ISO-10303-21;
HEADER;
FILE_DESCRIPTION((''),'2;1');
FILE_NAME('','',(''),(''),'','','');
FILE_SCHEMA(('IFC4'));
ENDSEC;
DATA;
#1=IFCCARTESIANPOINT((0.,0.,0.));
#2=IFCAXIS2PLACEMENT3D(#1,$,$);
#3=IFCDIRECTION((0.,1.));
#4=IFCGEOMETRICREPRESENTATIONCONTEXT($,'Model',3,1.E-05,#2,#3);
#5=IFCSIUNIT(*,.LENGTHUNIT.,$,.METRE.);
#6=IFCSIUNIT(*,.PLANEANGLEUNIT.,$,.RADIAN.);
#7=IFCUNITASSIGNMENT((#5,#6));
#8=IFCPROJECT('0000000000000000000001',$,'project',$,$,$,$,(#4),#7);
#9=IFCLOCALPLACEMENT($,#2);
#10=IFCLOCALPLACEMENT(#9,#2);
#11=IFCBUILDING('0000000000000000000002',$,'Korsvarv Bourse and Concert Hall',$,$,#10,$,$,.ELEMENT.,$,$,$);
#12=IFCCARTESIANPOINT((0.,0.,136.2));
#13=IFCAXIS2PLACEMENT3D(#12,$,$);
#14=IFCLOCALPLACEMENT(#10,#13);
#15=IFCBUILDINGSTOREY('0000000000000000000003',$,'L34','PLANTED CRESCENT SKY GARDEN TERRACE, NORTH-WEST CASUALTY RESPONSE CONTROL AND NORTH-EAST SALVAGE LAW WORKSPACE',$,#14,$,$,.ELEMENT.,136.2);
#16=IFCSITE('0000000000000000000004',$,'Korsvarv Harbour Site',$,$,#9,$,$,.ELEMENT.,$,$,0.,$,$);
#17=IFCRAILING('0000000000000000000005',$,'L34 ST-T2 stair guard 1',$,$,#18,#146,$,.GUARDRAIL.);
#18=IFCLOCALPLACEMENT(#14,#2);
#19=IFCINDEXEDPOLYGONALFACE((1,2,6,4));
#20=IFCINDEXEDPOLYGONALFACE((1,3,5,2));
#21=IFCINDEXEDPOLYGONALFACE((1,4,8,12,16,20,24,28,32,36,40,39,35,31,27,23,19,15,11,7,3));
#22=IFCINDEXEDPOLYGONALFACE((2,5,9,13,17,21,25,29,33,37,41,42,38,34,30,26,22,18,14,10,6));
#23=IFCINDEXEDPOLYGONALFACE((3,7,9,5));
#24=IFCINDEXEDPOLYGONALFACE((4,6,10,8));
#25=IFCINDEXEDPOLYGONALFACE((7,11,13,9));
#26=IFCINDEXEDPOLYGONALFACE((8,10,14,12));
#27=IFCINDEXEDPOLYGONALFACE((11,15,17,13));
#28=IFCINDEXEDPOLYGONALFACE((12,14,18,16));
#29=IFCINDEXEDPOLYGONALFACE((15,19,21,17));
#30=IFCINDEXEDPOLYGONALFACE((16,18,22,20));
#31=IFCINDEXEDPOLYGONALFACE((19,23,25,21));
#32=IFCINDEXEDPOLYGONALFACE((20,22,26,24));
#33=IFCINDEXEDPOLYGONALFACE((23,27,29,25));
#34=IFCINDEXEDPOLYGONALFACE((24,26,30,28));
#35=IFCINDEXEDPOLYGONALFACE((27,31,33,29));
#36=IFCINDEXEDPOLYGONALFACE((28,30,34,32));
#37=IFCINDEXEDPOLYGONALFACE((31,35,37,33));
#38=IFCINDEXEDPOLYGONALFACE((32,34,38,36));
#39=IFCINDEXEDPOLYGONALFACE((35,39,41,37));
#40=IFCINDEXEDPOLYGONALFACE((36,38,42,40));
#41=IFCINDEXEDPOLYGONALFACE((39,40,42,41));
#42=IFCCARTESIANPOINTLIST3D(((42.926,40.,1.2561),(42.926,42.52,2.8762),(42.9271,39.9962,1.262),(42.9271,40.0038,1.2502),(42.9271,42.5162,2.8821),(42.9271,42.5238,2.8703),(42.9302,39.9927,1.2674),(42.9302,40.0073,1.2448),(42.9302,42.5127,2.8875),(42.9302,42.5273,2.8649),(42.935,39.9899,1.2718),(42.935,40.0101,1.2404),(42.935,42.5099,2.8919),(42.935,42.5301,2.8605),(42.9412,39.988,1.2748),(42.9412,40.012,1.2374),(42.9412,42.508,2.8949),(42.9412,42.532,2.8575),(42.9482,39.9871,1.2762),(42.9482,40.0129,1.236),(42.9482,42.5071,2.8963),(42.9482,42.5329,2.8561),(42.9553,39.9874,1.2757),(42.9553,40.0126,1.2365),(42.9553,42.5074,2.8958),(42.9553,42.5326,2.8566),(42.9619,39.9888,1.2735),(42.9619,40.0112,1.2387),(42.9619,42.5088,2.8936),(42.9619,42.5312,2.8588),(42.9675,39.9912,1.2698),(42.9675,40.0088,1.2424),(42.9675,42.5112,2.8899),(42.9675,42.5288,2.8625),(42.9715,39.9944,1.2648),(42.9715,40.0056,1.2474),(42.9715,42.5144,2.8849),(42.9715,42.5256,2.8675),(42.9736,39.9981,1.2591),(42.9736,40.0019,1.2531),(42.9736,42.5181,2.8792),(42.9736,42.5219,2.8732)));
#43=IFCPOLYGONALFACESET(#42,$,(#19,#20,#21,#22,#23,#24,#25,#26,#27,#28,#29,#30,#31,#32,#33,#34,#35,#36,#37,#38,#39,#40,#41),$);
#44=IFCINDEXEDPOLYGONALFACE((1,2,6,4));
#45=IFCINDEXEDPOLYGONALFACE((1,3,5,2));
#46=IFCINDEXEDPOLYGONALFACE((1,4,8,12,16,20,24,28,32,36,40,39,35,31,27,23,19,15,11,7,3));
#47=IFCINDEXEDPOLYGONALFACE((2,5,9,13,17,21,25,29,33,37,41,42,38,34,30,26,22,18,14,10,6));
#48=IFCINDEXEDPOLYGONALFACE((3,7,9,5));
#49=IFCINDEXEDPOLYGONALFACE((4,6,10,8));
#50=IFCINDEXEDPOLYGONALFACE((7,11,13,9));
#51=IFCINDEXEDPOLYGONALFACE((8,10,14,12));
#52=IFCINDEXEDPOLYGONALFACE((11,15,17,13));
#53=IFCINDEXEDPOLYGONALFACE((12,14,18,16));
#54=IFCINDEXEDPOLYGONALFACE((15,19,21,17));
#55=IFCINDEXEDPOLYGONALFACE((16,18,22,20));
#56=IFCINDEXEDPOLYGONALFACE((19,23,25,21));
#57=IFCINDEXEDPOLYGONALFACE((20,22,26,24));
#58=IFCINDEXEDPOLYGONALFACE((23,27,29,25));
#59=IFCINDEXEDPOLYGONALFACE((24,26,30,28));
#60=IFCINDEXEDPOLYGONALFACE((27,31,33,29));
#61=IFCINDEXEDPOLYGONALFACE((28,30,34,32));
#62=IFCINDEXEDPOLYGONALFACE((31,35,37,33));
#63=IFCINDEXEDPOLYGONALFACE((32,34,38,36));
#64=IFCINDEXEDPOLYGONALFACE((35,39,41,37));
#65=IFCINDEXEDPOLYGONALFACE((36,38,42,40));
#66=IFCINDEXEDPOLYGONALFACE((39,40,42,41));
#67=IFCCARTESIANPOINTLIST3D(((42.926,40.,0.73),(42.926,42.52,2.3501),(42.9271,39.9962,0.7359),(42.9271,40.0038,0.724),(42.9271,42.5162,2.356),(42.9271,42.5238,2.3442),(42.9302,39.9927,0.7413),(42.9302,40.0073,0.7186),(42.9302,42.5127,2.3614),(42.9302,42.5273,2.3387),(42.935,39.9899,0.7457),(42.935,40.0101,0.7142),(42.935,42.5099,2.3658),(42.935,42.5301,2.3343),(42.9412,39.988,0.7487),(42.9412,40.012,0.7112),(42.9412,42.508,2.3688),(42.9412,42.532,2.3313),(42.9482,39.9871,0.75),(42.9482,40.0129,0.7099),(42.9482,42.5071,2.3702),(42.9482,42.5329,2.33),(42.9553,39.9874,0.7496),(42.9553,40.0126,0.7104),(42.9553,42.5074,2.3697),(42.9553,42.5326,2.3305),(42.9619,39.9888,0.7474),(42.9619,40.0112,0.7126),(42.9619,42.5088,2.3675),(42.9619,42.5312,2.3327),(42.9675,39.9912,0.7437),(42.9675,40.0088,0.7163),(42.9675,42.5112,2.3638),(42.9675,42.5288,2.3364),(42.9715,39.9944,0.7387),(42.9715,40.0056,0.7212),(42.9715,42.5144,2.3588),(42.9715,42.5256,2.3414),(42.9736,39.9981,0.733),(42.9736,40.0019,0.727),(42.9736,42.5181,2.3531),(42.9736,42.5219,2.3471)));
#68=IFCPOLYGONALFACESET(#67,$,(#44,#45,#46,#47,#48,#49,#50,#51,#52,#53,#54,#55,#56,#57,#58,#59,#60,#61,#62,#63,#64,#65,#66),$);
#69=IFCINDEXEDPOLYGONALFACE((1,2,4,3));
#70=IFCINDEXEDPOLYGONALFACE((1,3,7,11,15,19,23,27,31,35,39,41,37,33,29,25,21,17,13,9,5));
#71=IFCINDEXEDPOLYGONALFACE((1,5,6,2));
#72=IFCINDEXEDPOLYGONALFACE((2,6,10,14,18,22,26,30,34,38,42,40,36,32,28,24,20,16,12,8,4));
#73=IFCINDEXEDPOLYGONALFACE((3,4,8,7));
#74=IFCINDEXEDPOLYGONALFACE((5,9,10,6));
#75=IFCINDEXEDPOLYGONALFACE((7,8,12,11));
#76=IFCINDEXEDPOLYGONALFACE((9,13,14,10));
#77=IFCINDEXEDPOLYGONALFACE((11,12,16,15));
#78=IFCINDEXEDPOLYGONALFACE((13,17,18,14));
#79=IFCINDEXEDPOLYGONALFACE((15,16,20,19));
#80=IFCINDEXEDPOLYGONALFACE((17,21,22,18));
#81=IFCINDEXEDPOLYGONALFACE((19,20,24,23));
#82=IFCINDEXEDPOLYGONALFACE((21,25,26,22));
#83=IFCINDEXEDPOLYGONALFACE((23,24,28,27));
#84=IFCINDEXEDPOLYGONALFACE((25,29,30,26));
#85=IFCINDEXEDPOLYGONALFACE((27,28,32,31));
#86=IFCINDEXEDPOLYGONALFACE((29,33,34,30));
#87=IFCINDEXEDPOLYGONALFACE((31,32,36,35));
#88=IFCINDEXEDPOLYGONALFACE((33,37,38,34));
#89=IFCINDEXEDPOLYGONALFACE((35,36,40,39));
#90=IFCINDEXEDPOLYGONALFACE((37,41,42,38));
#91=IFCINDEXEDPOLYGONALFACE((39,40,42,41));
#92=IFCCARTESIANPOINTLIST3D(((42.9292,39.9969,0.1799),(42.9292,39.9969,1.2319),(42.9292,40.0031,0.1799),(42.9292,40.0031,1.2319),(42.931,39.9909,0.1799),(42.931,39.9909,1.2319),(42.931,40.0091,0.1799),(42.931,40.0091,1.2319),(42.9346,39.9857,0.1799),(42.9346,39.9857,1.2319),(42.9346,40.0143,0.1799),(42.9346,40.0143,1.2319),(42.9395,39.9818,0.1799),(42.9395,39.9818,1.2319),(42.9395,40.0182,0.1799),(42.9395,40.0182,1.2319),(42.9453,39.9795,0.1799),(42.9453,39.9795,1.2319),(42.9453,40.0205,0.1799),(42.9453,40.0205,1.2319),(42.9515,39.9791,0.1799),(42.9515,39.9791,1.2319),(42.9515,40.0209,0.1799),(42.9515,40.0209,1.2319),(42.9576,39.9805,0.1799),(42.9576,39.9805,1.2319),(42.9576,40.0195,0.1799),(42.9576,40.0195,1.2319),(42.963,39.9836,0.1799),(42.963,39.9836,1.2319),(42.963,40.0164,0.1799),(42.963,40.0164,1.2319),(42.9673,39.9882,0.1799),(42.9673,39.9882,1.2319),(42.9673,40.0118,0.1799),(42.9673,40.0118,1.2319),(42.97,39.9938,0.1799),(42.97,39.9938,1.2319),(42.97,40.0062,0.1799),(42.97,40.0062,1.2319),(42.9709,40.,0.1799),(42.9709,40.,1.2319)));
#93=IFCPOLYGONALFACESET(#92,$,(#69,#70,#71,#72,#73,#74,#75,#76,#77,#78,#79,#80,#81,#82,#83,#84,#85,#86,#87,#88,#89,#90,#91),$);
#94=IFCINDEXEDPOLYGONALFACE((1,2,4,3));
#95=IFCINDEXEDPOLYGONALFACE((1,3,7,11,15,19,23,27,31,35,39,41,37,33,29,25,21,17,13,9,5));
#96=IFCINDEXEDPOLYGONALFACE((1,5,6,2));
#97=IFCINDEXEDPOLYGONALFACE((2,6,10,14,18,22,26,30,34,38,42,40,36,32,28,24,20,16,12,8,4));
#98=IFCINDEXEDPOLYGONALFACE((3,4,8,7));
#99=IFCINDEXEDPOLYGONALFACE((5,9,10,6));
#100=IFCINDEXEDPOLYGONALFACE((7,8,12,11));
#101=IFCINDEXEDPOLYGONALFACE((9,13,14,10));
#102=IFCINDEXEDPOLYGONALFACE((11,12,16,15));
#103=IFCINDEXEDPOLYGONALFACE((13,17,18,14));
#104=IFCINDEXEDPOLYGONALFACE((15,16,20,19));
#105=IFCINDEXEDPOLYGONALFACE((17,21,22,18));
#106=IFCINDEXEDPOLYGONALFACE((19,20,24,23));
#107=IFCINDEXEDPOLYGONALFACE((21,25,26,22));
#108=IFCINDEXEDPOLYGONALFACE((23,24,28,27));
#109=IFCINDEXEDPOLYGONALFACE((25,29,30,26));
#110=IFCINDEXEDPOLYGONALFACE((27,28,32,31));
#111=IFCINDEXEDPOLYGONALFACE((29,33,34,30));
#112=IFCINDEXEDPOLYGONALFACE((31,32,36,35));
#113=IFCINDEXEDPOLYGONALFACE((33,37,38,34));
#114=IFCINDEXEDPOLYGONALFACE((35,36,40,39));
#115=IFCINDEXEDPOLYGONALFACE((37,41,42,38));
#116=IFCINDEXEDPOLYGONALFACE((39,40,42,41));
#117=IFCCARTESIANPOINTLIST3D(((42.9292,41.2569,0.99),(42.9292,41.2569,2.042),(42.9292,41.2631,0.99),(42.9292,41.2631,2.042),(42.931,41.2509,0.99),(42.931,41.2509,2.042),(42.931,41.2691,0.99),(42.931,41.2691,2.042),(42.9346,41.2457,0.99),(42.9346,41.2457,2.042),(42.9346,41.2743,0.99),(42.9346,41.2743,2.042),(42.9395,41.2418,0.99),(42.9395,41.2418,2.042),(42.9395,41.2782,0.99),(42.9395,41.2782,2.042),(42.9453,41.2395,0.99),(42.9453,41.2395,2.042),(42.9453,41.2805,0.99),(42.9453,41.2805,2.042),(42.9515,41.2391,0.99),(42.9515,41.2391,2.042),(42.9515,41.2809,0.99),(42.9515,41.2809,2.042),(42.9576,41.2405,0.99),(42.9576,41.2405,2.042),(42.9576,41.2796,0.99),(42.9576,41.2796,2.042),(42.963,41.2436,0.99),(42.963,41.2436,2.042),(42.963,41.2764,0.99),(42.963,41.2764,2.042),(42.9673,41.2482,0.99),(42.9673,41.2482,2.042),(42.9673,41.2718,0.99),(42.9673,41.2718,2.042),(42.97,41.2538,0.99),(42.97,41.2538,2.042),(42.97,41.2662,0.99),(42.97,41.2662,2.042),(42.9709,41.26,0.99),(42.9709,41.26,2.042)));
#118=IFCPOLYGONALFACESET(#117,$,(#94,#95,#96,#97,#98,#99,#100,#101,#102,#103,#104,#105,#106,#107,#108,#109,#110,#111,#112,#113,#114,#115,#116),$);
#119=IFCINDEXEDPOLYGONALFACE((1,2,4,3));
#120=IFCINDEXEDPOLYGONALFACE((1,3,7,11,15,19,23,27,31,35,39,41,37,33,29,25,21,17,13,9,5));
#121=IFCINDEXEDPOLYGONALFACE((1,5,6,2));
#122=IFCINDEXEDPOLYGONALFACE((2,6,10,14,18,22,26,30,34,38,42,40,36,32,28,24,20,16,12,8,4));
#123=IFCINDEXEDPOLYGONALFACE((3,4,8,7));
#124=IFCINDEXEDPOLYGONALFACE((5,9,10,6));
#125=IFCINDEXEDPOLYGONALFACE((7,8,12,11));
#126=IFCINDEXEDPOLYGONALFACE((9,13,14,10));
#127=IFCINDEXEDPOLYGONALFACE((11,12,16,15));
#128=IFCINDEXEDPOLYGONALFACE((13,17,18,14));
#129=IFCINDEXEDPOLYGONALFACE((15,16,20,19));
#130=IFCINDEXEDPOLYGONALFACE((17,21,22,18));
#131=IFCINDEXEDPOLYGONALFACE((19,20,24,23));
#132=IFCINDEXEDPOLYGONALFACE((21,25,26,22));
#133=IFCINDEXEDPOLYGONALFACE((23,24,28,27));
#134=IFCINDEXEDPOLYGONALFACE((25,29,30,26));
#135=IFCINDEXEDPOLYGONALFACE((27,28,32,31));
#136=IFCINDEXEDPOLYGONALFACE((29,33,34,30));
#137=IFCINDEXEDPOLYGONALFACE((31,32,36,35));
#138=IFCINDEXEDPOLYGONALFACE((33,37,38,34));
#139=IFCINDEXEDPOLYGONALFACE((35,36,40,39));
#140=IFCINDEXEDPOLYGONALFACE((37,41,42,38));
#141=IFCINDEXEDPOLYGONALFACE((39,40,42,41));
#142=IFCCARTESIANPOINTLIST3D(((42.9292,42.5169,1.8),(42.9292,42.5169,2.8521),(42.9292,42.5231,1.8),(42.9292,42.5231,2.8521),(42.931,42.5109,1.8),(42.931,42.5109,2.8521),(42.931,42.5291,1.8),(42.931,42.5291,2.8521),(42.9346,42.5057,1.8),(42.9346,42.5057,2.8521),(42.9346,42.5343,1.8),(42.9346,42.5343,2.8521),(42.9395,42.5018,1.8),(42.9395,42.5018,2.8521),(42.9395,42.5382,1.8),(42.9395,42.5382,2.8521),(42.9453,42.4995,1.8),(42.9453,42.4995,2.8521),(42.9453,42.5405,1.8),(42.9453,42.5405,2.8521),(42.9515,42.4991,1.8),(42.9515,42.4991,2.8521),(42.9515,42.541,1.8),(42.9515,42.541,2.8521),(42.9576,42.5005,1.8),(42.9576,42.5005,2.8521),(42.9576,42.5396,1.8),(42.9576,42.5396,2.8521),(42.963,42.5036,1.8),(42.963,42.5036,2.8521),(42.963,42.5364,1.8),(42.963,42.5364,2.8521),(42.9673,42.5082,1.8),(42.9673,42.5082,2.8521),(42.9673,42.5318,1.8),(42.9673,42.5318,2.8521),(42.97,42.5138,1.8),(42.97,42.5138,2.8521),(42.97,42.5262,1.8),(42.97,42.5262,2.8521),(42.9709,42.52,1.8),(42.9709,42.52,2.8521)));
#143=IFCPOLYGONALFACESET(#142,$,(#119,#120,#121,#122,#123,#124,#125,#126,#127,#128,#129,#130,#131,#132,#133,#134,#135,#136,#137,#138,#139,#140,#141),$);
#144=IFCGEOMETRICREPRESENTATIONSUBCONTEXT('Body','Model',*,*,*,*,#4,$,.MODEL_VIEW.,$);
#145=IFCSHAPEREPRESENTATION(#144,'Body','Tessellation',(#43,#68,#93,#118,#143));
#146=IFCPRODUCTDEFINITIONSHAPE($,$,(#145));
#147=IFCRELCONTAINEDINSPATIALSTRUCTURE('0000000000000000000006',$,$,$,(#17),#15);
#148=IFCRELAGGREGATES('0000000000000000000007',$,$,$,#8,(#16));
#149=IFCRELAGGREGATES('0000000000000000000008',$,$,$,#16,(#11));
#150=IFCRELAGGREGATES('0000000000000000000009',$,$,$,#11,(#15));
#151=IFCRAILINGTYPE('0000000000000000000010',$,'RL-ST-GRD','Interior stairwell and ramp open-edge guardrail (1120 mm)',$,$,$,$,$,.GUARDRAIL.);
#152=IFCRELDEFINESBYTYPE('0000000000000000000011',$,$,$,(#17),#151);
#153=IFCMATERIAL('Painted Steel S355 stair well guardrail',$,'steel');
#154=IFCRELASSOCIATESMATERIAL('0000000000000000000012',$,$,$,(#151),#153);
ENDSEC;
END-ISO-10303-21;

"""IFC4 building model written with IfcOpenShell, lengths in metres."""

from ifc_helpers import new_model, si_unit, direction, frame, origin, origin_2d, place, context, subcontext, project, spatial, circle, extrude, material, type_object, element, save


model = new_model("IFC4")

# Units and contexts
model_context = context("Model", 3, precision=1e-05, world=origin(), true_north=direction((0.0, 1.0)))
body_context = subcontext(model_context, "Body", "Model", "MODEL_VIEW")
ifc_project = project(units=[si_unit("LENGTHUNIT", "METRE"), si_unit("PLANEANGLEUNIT", "RADIAN")], contexts=[model_context])

# Site, building, storey
site_placement = place(None, origin())
site = spatial("IfcSite", under=ifc_project, at=site_placement, Name="Korsvarv Harbour Site", CompositionType="ELEMENT", RefElevation=0.0)
building_placement = place(site_placement, origin())
building = spatial("IfcBuilding", under=site, at=building_placement, Name="Korsvarv Bourse and Concert Hall", CompositionType="ELEMENT")
storey_placement = place(building_placement, frame((0.0, 0.0, 136.2)))
storey = spatial("IfcBuildingStorey", under=building, at=storey_placement, Name="L34", Description="PLANTED CRESCENT SKY GARDEN TERRACE, NORTH-WEST CASUALTY RESPONSE CONTROL AND NORTH-EAST SALVAGE LAW WORKSPACE", CompositionType="ELEMENT", Elevation=136.2)

# Railing
ifc_material_1 = material(Name="Painted Steel S355 stair well guardrail", Category="steel")
railing_type_1 = type_object("IfcRailingType", Name="RL-ST-GRD", Description="Interior stairwell and ramp open-edge guardrail (1120 mm)", PredefinedType="GUARDRAIL", material=ifc_material_1)
railing_1_placement = place(storey_placement, frame((42.95, 40.0, 0.1799)))
element("IfcRailing", 1, at=railing_1_placement, inside=storey, type_object=railing_type_1, Name="L34 ST-T2 stair guard 1", PredefinedType="GUARDRAIL", context=body_context, shape_type="SweptSolid", body=[
    extrude(circle(Radius=0.0239, at=origin_2d()), frame((0.0, 0.0, 1.0762), z_axis=(0.0, 0.841163, 0.540782), x_axis=(-1.0, 0.0, 0.0)), (0.0, 0.0, 1.0), 2.9958),
    extrude(circle(Radius=0.0239, at=origin_2d()), frame((0.0, 0.0, 0.55), z_axis=(0.0, 0.841163, 0.540782), x_axis=(-1.0, 0.0, 0.0)), (0.0, 0.0, 1.0), 2.9958),
    extrude(circle(Radius=0.021, at=origin_2d()), origin(), (0.0, 0.0, 1.0), 1.052),
    extrude(circle(Radius=0.021, at=origin_2d()), frame((0.0, 1.26, 0.8101)), (0.0, 0.0, 1.0), 1.052),
    extrude(circle(Radius=0.021, at=origin_2d()), frame((0.0, 2.52, 1.6201)), (0.0, 0.0, 1.0), 1.052),
])

save(model, "model.ifc")
